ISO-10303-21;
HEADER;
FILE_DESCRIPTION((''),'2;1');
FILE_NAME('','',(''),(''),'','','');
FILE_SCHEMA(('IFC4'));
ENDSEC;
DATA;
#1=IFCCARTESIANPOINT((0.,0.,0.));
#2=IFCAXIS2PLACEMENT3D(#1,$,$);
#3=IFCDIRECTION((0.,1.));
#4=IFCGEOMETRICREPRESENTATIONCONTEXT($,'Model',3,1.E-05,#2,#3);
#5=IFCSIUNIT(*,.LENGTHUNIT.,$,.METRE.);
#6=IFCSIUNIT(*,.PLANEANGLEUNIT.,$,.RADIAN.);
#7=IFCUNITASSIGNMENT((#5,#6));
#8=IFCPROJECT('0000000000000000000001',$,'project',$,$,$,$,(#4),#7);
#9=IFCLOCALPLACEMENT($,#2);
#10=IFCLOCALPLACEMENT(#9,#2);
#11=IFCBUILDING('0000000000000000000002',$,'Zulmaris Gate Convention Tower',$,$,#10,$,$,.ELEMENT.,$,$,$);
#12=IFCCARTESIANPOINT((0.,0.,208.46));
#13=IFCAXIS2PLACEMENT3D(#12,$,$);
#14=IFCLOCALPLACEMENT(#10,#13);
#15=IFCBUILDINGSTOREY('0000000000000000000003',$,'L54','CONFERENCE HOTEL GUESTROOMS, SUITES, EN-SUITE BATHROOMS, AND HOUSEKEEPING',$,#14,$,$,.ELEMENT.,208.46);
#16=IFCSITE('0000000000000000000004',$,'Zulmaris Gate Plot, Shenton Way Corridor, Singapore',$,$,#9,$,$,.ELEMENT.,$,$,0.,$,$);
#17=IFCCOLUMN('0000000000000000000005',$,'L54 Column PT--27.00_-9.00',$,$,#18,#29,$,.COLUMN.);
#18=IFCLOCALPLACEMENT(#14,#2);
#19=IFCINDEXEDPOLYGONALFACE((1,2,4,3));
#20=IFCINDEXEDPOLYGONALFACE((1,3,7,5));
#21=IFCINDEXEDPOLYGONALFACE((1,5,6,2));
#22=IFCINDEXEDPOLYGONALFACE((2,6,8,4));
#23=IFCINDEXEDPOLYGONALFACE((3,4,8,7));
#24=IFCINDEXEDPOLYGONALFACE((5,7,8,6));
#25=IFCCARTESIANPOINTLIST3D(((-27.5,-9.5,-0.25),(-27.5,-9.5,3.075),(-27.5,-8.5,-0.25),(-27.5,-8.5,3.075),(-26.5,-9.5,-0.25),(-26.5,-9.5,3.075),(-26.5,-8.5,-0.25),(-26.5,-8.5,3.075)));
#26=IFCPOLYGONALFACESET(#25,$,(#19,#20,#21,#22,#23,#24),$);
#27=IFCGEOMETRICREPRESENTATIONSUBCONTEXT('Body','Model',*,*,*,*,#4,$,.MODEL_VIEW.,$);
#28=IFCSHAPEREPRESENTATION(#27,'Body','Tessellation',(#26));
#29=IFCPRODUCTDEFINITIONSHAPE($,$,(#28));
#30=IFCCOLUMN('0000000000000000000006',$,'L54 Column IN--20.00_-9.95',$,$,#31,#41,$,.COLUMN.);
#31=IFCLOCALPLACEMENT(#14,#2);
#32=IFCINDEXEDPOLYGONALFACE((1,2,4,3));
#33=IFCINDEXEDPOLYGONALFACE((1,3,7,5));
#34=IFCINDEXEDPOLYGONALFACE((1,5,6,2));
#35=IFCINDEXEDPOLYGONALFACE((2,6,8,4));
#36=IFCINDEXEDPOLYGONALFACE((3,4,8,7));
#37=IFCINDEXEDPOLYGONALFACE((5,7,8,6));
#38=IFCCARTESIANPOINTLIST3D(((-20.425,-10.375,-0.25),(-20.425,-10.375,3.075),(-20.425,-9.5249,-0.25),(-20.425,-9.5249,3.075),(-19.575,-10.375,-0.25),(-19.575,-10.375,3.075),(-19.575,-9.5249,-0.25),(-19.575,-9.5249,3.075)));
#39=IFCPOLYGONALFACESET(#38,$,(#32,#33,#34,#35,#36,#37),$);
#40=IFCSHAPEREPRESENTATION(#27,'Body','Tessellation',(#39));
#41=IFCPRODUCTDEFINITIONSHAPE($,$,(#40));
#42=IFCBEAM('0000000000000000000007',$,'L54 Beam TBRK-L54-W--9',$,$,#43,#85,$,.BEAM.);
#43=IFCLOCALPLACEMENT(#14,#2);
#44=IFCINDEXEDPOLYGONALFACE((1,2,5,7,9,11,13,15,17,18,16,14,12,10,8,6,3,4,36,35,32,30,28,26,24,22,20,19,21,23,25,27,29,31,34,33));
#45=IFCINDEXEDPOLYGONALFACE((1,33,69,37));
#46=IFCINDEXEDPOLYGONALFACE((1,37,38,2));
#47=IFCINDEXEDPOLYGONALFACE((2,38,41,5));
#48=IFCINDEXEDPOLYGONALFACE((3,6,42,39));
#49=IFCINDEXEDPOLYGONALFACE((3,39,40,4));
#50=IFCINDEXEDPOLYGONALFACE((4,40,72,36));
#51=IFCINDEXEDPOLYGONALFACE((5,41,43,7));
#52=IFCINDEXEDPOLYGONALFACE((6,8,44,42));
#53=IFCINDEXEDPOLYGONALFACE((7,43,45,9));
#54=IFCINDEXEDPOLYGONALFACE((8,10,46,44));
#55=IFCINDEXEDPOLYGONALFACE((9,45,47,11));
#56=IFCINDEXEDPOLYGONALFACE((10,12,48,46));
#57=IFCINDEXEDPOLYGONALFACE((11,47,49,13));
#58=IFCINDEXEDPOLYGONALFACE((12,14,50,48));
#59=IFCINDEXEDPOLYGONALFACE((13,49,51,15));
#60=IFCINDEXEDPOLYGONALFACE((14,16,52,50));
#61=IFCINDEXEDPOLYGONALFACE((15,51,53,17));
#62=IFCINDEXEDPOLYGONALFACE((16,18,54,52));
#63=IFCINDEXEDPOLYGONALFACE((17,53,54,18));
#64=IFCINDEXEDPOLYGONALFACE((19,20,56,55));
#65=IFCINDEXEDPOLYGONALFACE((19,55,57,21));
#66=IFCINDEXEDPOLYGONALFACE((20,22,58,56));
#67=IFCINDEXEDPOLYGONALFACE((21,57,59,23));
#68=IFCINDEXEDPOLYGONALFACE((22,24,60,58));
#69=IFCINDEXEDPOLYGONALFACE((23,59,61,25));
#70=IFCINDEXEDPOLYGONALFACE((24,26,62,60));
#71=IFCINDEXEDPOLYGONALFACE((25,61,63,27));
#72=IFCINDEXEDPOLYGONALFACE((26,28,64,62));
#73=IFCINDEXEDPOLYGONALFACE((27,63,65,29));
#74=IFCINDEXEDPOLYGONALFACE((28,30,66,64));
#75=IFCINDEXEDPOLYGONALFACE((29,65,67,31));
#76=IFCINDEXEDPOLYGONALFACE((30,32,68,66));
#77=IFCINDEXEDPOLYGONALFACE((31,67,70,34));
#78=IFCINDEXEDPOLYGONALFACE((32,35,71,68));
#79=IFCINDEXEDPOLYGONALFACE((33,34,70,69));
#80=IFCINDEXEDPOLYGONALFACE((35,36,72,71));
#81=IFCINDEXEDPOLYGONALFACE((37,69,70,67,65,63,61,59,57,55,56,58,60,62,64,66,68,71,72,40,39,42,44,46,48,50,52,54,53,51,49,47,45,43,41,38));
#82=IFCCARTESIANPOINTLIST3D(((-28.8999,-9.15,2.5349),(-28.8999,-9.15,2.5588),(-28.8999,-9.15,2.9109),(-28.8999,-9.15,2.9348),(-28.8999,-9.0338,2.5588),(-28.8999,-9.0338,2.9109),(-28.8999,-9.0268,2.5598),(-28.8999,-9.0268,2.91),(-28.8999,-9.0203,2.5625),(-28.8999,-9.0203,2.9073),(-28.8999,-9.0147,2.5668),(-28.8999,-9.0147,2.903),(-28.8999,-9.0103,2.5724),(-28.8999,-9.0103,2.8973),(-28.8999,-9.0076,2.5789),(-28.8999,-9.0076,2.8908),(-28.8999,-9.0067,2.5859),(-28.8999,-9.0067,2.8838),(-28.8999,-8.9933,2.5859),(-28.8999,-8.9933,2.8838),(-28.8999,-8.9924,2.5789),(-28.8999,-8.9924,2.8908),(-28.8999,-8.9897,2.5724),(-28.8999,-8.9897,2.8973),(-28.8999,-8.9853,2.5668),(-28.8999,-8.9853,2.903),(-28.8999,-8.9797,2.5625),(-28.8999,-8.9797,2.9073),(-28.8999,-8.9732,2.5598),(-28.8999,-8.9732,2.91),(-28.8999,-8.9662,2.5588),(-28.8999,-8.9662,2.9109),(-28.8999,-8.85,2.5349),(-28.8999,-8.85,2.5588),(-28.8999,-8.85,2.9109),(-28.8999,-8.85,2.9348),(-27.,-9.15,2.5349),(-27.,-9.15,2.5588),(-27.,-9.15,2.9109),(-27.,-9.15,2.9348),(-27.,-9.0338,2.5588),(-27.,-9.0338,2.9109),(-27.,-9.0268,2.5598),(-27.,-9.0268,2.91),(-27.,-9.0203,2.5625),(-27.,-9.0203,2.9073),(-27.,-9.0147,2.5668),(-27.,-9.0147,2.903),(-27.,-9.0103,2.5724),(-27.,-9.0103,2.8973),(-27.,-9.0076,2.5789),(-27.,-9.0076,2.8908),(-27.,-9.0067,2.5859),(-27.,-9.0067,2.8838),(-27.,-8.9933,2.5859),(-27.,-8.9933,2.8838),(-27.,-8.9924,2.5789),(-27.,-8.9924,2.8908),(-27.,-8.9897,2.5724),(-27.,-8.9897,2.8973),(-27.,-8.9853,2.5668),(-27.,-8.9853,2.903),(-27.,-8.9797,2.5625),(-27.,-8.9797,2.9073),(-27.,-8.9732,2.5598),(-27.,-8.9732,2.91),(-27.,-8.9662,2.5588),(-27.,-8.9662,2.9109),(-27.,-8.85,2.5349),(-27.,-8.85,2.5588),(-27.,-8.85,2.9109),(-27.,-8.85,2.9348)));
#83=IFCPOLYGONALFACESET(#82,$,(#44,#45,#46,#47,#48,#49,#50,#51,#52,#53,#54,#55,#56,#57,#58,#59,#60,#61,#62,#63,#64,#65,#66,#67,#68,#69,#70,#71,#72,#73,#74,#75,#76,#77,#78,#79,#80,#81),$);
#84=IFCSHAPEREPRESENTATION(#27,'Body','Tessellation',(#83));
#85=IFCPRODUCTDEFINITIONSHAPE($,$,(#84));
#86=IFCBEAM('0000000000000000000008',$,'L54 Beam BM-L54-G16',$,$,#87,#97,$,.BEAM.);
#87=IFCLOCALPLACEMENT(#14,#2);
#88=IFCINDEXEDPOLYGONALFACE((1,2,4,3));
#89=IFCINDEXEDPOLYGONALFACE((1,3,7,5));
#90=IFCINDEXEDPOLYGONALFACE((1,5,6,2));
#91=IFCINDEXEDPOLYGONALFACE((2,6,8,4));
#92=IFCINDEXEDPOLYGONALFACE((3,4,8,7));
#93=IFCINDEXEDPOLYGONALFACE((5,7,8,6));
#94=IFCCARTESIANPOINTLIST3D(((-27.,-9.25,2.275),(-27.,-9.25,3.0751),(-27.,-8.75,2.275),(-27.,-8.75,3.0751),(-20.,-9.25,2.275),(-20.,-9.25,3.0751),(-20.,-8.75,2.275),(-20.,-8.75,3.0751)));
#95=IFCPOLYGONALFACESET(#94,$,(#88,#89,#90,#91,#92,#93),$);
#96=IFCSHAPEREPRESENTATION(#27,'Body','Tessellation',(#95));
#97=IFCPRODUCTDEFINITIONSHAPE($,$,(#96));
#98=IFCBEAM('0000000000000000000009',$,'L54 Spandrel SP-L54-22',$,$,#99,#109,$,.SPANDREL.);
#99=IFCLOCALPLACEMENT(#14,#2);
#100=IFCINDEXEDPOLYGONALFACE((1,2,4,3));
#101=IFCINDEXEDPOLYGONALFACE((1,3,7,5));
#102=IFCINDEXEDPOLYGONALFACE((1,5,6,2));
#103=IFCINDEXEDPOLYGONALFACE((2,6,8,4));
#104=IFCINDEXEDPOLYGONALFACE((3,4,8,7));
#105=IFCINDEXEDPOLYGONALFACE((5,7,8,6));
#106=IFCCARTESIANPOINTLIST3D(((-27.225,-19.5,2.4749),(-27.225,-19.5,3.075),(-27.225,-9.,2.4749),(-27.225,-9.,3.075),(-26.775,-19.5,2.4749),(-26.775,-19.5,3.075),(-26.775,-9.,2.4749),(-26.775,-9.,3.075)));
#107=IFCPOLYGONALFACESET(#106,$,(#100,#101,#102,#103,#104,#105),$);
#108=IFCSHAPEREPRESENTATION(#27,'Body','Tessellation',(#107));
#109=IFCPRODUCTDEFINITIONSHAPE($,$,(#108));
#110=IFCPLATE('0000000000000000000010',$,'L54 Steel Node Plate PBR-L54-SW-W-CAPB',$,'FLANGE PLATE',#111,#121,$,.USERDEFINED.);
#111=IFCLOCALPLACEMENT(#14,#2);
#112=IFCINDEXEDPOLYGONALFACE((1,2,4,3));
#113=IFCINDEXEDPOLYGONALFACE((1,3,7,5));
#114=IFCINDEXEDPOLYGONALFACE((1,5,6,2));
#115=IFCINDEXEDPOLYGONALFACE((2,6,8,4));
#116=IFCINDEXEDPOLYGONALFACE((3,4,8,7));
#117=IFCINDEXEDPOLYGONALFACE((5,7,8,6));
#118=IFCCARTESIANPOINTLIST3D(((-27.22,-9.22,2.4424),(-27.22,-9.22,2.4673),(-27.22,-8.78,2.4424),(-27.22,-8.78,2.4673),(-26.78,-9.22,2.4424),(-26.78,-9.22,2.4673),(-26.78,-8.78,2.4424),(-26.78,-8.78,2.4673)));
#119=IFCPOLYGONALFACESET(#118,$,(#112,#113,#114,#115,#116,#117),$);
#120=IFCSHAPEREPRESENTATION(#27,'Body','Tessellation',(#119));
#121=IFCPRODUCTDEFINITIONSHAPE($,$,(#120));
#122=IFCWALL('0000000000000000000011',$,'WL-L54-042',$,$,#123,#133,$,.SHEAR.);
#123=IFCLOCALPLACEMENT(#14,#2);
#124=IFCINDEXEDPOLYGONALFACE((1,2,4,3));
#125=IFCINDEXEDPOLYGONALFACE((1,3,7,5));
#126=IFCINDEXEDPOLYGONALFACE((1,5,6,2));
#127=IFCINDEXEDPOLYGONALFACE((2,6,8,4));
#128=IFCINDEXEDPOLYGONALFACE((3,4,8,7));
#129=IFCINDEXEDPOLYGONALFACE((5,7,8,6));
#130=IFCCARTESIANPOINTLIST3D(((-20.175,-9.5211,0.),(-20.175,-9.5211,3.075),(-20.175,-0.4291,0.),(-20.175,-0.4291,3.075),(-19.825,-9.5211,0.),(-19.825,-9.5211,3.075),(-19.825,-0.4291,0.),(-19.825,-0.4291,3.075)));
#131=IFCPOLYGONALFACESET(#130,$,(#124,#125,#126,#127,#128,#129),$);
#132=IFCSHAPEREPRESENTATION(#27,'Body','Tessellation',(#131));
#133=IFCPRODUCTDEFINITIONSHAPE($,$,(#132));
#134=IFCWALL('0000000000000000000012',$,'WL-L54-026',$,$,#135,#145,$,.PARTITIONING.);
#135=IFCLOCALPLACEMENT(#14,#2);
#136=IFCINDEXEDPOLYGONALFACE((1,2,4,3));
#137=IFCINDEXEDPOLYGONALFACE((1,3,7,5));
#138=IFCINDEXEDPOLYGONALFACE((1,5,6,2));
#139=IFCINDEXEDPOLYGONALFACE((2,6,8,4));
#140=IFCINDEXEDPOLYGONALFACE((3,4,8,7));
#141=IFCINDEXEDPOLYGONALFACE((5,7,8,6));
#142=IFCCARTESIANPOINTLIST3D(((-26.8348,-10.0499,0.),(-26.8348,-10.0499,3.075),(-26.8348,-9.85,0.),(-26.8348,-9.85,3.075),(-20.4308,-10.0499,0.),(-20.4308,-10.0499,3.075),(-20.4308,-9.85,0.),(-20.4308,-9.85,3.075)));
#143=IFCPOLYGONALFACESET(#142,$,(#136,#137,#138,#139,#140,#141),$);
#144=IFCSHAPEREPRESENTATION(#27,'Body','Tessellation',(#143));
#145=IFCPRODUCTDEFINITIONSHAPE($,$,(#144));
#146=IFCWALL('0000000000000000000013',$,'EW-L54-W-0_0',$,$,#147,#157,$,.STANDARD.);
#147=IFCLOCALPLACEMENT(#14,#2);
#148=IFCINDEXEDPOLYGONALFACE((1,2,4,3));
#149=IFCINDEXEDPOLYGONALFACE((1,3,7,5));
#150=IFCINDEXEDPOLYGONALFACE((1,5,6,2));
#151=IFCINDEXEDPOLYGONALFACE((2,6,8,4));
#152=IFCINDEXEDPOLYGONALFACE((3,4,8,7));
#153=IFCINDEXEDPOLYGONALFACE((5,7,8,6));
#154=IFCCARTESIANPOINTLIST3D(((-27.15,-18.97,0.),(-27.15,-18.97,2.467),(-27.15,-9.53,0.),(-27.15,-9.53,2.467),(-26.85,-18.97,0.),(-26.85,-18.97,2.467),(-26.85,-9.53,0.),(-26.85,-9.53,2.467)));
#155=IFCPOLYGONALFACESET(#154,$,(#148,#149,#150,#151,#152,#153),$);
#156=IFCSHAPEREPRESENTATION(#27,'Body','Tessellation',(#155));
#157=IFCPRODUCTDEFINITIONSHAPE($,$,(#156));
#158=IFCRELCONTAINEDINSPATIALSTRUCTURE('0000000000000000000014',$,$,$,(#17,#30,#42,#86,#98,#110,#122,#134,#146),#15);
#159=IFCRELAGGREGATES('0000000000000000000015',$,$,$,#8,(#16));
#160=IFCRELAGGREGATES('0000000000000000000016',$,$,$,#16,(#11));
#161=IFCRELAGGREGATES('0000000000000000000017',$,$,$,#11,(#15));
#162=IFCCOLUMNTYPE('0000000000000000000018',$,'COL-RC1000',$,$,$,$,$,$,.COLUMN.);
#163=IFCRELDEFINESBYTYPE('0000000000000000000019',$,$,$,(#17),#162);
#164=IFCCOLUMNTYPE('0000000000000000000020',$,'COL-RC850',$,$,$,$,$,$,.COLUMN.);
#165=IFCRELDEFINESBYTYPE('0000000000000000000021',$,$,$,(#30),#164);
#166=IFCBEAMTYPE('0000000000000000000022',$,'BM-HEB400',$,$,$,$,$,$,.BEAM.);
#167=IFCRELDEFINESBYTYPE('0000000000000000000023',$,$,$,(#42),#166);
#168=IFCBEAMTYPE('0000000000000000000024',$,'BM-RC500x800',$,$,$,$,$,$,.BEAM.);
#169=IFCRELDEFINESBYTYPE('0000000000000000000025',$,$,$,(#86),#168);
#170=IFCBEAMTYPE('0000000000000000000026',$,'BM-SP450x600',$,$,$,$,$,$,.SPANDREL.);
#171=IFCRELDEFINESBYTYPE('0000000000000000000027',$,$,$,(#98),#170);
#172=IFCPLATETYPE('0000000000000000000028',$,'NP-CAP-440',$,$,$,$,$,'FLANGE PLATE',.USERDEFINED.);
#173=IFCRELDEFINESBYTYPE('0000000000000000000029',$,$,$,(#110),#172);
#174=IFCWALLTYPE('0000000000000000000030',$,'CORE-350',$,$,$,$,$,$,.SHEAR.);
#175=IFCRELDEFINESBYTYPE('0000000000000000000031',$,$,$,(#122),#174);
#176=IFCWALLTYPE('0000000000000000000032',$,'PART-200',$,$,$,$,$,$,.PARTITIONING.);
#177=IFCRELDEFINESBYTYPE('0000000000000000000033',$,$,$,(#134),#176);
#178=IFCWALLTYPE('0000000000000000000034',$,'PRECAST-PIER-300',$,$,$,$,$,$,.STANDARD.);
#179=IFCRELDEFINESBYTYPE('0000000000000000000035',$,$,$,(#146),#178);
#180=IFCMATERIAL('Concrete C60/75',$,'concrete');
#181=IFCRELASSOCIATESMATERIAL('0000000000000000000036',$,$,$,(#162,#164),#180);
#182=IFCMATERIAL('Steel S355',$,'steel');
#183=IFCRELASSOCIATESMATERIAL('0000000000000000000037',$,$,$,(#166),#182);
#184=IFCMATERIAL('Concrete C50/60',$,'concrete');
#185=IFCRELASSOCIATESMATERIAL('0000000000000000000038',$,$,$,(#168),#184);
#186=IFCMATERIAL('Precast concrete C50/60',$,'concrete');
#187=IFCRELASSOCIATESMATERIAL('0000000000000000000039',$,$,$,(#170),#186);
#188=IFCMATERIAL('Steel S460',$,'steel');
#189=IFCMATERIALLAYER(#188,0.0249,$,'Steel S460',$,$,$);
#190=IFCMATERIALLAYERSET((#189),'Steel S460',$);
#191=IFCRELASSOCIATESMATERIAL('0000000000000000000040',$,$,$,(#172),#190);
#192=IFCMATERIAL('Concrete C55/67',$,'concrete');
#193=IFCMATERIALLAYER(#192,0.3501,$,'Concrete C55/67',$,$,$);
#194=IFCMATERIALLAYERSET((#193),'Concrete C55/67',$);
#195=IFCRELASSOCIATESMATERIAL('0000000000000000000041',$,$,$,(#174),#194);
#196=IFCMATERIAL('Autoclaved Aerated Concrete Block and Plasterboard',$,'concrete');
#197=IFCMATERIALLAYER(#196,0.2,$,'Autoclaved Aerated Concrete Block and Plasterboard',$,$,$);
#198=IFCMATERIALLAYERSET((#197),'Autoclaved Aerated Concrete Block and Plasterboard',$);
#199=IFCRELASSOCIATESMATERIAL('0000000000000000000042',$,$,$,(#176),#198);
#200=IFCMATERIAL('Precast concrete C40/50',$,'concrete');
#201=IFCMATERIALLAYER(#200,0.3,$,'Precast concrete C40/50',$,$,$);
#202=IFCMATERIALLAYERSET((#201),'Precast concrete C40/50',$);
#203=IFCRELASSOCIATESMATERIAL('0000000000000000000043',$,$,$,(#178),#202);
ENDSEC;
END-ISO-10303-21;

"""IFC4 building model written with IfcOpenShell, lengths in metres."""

from ifc_helpers import new_model, si_unit, direction, frame, frame_2d, origin, origin_2d, place, context, subcontext, project, spatial, rectangle, i_section, extrude, material, layer, layer_set, material_profile, profile_set, type_object, element, save


model = new_model("IFC4")

# Units and contexts
model_context = context("Model", 3, precision=1e-05, world=origin(), true_north=direction((0.0, 1.0)))
body_context = subcontext(model_context, "Body", "Model", "MODEL_VIEW")
ifc_project = project(units=[si_unit("LENGTHUNIT", "METRE"), si_unit("PLANEANGLEUNIT", "RADIAN")], contexts=[model_context])

# Site, building, storey
site_placement = place(None, origin())
site = spatial("IfcSite", under=ifc_project, at=site_placement, Name="Zulmaris Gate Plot, Shenton Way Corridor, Singapore", CompositionType="ELEMENT", RefElevation=0.0)
building_placement = place(site_placement, origin())
building = spatial("IfcBuilding", under=site, at=building_placement, Name="Zulmaris Gate Convention Tower", CompositionType="ELEMENT")
storey_placement = place(building_placement, frame((0.0, 0.0, 208.46)))
storey = spatial("IfcBuildingStorey", under=building, at=storey_placement, Name="L54", Description="CONFERENCE HOTEL GUESTROOMS, SUITES, EN-SUITE BATHROOMS, AND HOUSEKEEPING", CompositionType="ELEMENT", Elevation=208.46)

# Columns
ifc_material_1 = material(Name="Concrete C60/75", Category="concrete")
ifc_material_profile_1 = material_profile(ifc_material_1, rectangle(XDim=1.0, YDim=1.0, at=origin_2d()), Name="RC COL 1000x1000")
ifc_profile_set_1 = profile_set([ifc_material_profile_1], Name="Concrete C60/75")
column_type_1 = type_object("IfcColumnType", Name="COL-RC1000", PredefinedType="COLUMN", material=ifc_profile_set_1)
column_1_placement = place(storey_placement, frame((-27.0, -9.0, -0.25), z_axis=(0.0, 0.0, 1.0), x_axis=(1.0, 0.0, 0.0)))
element("IfcColumn", 1, at=column_1_placement, inside=storey, type_object=column_type_1, Name="L54 Column PT--27.00_-9.00", PredefinedType="COLUMN", context=body_context, shape_type="SweptSolid", body=[
    extrude(rectangle(XDim=1.0, YDim=1.0, at=origin_2d()), origin(), (0.0, 0.0, 1.0), 3.325),
])
ifc_material_profile_2 = material_profile(ifc_material_1, rectangle(XDim=0.8501, YDim=0.8501, at=origin_2d()), Name="RC COL 850x850")
ifc_profile_set_2 = profile_set([ifc_material_profile_2], Name="Concrete C60/75")
column_type_2 = type_object("IfcColumnType", Name="COL-RC850", PredefinedType="COLUMN", material=ifc_profile_set_2)
column_2_placement = place(storey_placement, frame((-20.0, -9.95, -0.25), z_axis=(0.0, 0.0, 1.0), x_axis=(1.0, 0.0, 0.0)))
element("IfcColumn", 2, at=column_2_placement, inside=storey, type_object=column_type_2, Name="L54 Column IN--20.00_-9.95", PredefinedType="COLUMN", context=body_context, shape_type="SweptSolid", body=[
    extrude(rectangle(XDim=0.8501, YDim=0.8501, at=origin_2d()), origin(), (0.0, 0.0, 1.0), 3.325),
])

# Beams
ifc_material_2 = material(Name="Steel S355", Category="steel")
ifc_material_profile_3 = material_profile(ifc_material_2, i_section(OverallWidth=0.3, OverallDepth=0.3999, WebThickness=0.0134, FlangeThickness=0.0239, FilletRadius=0.0271, at=origin_2d()), Name="HEB 400")
ifc_profile_set_3 = profile_set([ifc_material_profile_3], Name="Steel S355")
beam_type_1 = type_object("IfcBeamType", Name="BM-HEB400", PredefinedType="BEAM", material=ifc_profile_set_3)
beam_1_placement = place(storey_placement, frame((-28.8999, -9.0, 2.7349), z_axis=(1.0, 0.0, 0.0), x_axis=(0.0, 1.0, 0.0)))
element("IfcBeam", 3, at=beam_1_placement, inside=storey, type_object=beam_type_1, Name="L54 Beam TBRK-L54-W--9", PredefinedType="BEAM", context=body_context, shape_type="SweptSolid", body=[
    extrude(i_section(OverallWidth=0.3, OverallDepth=0.3999, WebThickness=0.0134, FlangeThickness=0.0239, FilletRadius=0.0271, at=origin_2d()), origin(), (0.0, 0.0, 1.0), 1.8999),
])
ifc_material_3 = material(Name="Concrete C50/60", Category="concrete")
ifc_material_profile_4 = material_profile(ifc_material_3, rectangle(XDim=0.5, YDim=0.8, at=origin_2d()), Name="RC BEAM 500x800")
ifc_profile_set_4 = profile_set([ifc_material_profile_4], Name="Concrete C50/60")
beam_type_2 = type_object("IfcBeamType", Name="BM-RC500x800", PredefinedType="BEAM", material=ifc_profile_set_4)
beam_2_placement = place(storey_placement, frame((-27.0, -9.0, 2.675), z_axis=(1.0, 0.0, 0.0), x_axis=(0.0, 1.0, 0.0)))
element("IfcBeam", 4, at=beam_2_placement, inside=storey, type_object=beam_type_2, Name="L54 Beam BM-L54-G16", PredefinedType="BEAM", context=body_context, shape_type="SweptSolid", body=[
    extrude(rectangle(XDim=0.5, YDim=0.8, at=origin_2d()), origin(), (0.0, 0.0, 1.0), 7.0),
])
ifc_material_4 = material(Name="Precast concrete C50/60", Category="concrete")
ifc_material_profile_5 = material_profile(ifc_material_4, rectangle(XDim=0.45, YDim=0.6001, at=origin_2d()), Name="RC SPANDREL 450x600")
ifc_profile_set_5 = profile_set([ifc_material_profile_5], Name="Precast concrete C50/60")
beam_type_3 = type_object("IfcBeamType", Name="BM-SP450x600", PredefinedType="SPANDREL", material=ifc_profile_set_5)
beam_3_placement = place(storey_placement, frame((-27.0, -9.0, 2.7749), z_axis=(0.0, -1.0, 0.0), x_axis=(1.0, 0.0, 0.0)))
element("IfcBeam", 5, at=beam_3_placement, inside=storey, type_object=beam_type_3, Name="L54 Spandrel SP-L54-22", PredefinedType="SPANDREL", context=body_context, shape_type="SweptSolid", body=[
    extrude(rectangle(XDim=0.45, YDim=0.6001, at=origin_2d()), origin(), (0.0, 0.0, 1.0), 10.5),
])

# Plate
ifc_material_5 = material(Name="Steel S460", Category="steel")
ifc_layer_1 = layer(ifc_material_5, 0.0249, Name="Steel S460")
ifc_layer_set_1 = layer_set([ifc_layer_1], Name="Steel S460")
plate_type = type_object("IfcPlateType", Name="NP-CAP-440", ElementType="FLANGE PLATE", PredefinedType="USERDEFINED", material=ifc_layer_set_1)
plate_placement = place(storey_placement, frame((-27.0, -9.0, 2.4424), z_axis=(0.0, 0.0, 1.0), x_axis=(1.0, 0.0, 0.0)))
element("IfcPlate", 6, at=plate_placement, inside=storey, type_object=plate_type, Name="L54 Steel Node Plate PBR-L54-SW-W-CAPB", ObjectType="FLANGE PLATE", PredefinedType="USERDEFINED", context=body_context, shape_type="SweptSolid", body=[
    extrude(rectangle(XDim=0.4399, YDim=0.4399, at=origin_2d()), origin(), (0.0, 0.0, 1.0), 0.0249),
])

# Shared definitions
ifc_material_6 = material(Name="Concrete C55/67", Category="concrete")
ifc_layer_2 = layer(ifc_material_6, 0.3501, Name="Concrete C55/67")
ifc_layer_set_2 = layer_set([ifc_layer_2], Name="Concrete C55/67")
wall_type_1 = type_object("IfcWallType", Name="CORE-350", PredefinedType="SHEAR", material=ifc_layer_set_2)

# Walls
wall_1_placement = place(storey_placement, frame((-20.0, -9.521, 0.0), z_axis=(0.0, 0.0, 1.0), x_axis=(0.0, 1.0, 0.0)))
element("IfcWall", 7, at=wall_1_placement, inside=storey, type_object=wall_type_1, Name="WL-L54-042", PredefinedType="SHEAR", context=body_context, shape_type="SweptSolid", body=[
    extrude(rectangle(XDim=9.092, YDim=0.3501, at=frame_2d((4.5459, 0.0))), origin(), (0.0, 0.0, 1.0), 3.075),
])
ifc_material_7 = material(Name="Autoclaved Aerated Concrete Block and Plasterboard", Category="concrete")
ifc_layer_3 = layer(ifc_material_7, 0.2, Name="Autoclaved Aerated Concrete Block and Plasterboard")
ifc_layer_set_3 = layer_set([ifc_layer_3], Name="Autoclaved Aerated Concrete Block and Plasterboard")
wall_type_2 = type_object("IfcWallType", Name="PART-200", PredefinedType="PARTITIONING", material=ifc_layer_set_3)
wall_2_placement = place(storey_placement, frame((-26.835, -9.95, 0.0), z_axis=(0.0, 0.0, 1.0), x_axis=(1.0, 0.0, 0.0)))
element("IfcWall", 8, at=wall_2_placement, inside=storey, type_object=wall_type_2, Name="WL-L54-026", PredefinedType="PARTITIONING", context=body_context, shape_type="SweptSolid", body=[
    extrude(rectangle(XDim=6.4041, YDim=0.2, at=frame_2d((3.2021, 0.0))), origin(), (0.0, 0.0, 1.0), 3.075),
])
ifc_material_8 = material(Name="Precast concrete C40/50", Category="concrete")
ifc_layer_4 = layer(ifc_material_8, 0.3, Name="Precast concrete C40/50")
ifc_layer_set_4 = layer_set([ifc_layer_4], Name="Precast concrete C40/50")
wall_type_3 = type_object("IfcWallType", Name="PRECAST-PIER-300", PredefinedType="STANDARD", material=ifc_layer_set_4)
wall_3_placement = place(storey_placement, frame((-27.0, -9.53, 0.0), z_axis=(0.0, 0.0, 1.0), x_axis=(0.0, -1.0, 0.0)))
element("IfcWall", 9, at=wall_3_placement, inside=storey, type_object=wall_type_3, Name="EW-L54-W-0_0", PredefinedType="STANDARD", context=body_context, shape_type="SweptSolid", body=[
    extrude(rectangle(XDim=9.4399, YDim=0.3, at=frame_2d((4.72, 0.0))), origin(), (0.0, 0.0, 1.0), 2.467),
])

save(model, "model.ifc")
